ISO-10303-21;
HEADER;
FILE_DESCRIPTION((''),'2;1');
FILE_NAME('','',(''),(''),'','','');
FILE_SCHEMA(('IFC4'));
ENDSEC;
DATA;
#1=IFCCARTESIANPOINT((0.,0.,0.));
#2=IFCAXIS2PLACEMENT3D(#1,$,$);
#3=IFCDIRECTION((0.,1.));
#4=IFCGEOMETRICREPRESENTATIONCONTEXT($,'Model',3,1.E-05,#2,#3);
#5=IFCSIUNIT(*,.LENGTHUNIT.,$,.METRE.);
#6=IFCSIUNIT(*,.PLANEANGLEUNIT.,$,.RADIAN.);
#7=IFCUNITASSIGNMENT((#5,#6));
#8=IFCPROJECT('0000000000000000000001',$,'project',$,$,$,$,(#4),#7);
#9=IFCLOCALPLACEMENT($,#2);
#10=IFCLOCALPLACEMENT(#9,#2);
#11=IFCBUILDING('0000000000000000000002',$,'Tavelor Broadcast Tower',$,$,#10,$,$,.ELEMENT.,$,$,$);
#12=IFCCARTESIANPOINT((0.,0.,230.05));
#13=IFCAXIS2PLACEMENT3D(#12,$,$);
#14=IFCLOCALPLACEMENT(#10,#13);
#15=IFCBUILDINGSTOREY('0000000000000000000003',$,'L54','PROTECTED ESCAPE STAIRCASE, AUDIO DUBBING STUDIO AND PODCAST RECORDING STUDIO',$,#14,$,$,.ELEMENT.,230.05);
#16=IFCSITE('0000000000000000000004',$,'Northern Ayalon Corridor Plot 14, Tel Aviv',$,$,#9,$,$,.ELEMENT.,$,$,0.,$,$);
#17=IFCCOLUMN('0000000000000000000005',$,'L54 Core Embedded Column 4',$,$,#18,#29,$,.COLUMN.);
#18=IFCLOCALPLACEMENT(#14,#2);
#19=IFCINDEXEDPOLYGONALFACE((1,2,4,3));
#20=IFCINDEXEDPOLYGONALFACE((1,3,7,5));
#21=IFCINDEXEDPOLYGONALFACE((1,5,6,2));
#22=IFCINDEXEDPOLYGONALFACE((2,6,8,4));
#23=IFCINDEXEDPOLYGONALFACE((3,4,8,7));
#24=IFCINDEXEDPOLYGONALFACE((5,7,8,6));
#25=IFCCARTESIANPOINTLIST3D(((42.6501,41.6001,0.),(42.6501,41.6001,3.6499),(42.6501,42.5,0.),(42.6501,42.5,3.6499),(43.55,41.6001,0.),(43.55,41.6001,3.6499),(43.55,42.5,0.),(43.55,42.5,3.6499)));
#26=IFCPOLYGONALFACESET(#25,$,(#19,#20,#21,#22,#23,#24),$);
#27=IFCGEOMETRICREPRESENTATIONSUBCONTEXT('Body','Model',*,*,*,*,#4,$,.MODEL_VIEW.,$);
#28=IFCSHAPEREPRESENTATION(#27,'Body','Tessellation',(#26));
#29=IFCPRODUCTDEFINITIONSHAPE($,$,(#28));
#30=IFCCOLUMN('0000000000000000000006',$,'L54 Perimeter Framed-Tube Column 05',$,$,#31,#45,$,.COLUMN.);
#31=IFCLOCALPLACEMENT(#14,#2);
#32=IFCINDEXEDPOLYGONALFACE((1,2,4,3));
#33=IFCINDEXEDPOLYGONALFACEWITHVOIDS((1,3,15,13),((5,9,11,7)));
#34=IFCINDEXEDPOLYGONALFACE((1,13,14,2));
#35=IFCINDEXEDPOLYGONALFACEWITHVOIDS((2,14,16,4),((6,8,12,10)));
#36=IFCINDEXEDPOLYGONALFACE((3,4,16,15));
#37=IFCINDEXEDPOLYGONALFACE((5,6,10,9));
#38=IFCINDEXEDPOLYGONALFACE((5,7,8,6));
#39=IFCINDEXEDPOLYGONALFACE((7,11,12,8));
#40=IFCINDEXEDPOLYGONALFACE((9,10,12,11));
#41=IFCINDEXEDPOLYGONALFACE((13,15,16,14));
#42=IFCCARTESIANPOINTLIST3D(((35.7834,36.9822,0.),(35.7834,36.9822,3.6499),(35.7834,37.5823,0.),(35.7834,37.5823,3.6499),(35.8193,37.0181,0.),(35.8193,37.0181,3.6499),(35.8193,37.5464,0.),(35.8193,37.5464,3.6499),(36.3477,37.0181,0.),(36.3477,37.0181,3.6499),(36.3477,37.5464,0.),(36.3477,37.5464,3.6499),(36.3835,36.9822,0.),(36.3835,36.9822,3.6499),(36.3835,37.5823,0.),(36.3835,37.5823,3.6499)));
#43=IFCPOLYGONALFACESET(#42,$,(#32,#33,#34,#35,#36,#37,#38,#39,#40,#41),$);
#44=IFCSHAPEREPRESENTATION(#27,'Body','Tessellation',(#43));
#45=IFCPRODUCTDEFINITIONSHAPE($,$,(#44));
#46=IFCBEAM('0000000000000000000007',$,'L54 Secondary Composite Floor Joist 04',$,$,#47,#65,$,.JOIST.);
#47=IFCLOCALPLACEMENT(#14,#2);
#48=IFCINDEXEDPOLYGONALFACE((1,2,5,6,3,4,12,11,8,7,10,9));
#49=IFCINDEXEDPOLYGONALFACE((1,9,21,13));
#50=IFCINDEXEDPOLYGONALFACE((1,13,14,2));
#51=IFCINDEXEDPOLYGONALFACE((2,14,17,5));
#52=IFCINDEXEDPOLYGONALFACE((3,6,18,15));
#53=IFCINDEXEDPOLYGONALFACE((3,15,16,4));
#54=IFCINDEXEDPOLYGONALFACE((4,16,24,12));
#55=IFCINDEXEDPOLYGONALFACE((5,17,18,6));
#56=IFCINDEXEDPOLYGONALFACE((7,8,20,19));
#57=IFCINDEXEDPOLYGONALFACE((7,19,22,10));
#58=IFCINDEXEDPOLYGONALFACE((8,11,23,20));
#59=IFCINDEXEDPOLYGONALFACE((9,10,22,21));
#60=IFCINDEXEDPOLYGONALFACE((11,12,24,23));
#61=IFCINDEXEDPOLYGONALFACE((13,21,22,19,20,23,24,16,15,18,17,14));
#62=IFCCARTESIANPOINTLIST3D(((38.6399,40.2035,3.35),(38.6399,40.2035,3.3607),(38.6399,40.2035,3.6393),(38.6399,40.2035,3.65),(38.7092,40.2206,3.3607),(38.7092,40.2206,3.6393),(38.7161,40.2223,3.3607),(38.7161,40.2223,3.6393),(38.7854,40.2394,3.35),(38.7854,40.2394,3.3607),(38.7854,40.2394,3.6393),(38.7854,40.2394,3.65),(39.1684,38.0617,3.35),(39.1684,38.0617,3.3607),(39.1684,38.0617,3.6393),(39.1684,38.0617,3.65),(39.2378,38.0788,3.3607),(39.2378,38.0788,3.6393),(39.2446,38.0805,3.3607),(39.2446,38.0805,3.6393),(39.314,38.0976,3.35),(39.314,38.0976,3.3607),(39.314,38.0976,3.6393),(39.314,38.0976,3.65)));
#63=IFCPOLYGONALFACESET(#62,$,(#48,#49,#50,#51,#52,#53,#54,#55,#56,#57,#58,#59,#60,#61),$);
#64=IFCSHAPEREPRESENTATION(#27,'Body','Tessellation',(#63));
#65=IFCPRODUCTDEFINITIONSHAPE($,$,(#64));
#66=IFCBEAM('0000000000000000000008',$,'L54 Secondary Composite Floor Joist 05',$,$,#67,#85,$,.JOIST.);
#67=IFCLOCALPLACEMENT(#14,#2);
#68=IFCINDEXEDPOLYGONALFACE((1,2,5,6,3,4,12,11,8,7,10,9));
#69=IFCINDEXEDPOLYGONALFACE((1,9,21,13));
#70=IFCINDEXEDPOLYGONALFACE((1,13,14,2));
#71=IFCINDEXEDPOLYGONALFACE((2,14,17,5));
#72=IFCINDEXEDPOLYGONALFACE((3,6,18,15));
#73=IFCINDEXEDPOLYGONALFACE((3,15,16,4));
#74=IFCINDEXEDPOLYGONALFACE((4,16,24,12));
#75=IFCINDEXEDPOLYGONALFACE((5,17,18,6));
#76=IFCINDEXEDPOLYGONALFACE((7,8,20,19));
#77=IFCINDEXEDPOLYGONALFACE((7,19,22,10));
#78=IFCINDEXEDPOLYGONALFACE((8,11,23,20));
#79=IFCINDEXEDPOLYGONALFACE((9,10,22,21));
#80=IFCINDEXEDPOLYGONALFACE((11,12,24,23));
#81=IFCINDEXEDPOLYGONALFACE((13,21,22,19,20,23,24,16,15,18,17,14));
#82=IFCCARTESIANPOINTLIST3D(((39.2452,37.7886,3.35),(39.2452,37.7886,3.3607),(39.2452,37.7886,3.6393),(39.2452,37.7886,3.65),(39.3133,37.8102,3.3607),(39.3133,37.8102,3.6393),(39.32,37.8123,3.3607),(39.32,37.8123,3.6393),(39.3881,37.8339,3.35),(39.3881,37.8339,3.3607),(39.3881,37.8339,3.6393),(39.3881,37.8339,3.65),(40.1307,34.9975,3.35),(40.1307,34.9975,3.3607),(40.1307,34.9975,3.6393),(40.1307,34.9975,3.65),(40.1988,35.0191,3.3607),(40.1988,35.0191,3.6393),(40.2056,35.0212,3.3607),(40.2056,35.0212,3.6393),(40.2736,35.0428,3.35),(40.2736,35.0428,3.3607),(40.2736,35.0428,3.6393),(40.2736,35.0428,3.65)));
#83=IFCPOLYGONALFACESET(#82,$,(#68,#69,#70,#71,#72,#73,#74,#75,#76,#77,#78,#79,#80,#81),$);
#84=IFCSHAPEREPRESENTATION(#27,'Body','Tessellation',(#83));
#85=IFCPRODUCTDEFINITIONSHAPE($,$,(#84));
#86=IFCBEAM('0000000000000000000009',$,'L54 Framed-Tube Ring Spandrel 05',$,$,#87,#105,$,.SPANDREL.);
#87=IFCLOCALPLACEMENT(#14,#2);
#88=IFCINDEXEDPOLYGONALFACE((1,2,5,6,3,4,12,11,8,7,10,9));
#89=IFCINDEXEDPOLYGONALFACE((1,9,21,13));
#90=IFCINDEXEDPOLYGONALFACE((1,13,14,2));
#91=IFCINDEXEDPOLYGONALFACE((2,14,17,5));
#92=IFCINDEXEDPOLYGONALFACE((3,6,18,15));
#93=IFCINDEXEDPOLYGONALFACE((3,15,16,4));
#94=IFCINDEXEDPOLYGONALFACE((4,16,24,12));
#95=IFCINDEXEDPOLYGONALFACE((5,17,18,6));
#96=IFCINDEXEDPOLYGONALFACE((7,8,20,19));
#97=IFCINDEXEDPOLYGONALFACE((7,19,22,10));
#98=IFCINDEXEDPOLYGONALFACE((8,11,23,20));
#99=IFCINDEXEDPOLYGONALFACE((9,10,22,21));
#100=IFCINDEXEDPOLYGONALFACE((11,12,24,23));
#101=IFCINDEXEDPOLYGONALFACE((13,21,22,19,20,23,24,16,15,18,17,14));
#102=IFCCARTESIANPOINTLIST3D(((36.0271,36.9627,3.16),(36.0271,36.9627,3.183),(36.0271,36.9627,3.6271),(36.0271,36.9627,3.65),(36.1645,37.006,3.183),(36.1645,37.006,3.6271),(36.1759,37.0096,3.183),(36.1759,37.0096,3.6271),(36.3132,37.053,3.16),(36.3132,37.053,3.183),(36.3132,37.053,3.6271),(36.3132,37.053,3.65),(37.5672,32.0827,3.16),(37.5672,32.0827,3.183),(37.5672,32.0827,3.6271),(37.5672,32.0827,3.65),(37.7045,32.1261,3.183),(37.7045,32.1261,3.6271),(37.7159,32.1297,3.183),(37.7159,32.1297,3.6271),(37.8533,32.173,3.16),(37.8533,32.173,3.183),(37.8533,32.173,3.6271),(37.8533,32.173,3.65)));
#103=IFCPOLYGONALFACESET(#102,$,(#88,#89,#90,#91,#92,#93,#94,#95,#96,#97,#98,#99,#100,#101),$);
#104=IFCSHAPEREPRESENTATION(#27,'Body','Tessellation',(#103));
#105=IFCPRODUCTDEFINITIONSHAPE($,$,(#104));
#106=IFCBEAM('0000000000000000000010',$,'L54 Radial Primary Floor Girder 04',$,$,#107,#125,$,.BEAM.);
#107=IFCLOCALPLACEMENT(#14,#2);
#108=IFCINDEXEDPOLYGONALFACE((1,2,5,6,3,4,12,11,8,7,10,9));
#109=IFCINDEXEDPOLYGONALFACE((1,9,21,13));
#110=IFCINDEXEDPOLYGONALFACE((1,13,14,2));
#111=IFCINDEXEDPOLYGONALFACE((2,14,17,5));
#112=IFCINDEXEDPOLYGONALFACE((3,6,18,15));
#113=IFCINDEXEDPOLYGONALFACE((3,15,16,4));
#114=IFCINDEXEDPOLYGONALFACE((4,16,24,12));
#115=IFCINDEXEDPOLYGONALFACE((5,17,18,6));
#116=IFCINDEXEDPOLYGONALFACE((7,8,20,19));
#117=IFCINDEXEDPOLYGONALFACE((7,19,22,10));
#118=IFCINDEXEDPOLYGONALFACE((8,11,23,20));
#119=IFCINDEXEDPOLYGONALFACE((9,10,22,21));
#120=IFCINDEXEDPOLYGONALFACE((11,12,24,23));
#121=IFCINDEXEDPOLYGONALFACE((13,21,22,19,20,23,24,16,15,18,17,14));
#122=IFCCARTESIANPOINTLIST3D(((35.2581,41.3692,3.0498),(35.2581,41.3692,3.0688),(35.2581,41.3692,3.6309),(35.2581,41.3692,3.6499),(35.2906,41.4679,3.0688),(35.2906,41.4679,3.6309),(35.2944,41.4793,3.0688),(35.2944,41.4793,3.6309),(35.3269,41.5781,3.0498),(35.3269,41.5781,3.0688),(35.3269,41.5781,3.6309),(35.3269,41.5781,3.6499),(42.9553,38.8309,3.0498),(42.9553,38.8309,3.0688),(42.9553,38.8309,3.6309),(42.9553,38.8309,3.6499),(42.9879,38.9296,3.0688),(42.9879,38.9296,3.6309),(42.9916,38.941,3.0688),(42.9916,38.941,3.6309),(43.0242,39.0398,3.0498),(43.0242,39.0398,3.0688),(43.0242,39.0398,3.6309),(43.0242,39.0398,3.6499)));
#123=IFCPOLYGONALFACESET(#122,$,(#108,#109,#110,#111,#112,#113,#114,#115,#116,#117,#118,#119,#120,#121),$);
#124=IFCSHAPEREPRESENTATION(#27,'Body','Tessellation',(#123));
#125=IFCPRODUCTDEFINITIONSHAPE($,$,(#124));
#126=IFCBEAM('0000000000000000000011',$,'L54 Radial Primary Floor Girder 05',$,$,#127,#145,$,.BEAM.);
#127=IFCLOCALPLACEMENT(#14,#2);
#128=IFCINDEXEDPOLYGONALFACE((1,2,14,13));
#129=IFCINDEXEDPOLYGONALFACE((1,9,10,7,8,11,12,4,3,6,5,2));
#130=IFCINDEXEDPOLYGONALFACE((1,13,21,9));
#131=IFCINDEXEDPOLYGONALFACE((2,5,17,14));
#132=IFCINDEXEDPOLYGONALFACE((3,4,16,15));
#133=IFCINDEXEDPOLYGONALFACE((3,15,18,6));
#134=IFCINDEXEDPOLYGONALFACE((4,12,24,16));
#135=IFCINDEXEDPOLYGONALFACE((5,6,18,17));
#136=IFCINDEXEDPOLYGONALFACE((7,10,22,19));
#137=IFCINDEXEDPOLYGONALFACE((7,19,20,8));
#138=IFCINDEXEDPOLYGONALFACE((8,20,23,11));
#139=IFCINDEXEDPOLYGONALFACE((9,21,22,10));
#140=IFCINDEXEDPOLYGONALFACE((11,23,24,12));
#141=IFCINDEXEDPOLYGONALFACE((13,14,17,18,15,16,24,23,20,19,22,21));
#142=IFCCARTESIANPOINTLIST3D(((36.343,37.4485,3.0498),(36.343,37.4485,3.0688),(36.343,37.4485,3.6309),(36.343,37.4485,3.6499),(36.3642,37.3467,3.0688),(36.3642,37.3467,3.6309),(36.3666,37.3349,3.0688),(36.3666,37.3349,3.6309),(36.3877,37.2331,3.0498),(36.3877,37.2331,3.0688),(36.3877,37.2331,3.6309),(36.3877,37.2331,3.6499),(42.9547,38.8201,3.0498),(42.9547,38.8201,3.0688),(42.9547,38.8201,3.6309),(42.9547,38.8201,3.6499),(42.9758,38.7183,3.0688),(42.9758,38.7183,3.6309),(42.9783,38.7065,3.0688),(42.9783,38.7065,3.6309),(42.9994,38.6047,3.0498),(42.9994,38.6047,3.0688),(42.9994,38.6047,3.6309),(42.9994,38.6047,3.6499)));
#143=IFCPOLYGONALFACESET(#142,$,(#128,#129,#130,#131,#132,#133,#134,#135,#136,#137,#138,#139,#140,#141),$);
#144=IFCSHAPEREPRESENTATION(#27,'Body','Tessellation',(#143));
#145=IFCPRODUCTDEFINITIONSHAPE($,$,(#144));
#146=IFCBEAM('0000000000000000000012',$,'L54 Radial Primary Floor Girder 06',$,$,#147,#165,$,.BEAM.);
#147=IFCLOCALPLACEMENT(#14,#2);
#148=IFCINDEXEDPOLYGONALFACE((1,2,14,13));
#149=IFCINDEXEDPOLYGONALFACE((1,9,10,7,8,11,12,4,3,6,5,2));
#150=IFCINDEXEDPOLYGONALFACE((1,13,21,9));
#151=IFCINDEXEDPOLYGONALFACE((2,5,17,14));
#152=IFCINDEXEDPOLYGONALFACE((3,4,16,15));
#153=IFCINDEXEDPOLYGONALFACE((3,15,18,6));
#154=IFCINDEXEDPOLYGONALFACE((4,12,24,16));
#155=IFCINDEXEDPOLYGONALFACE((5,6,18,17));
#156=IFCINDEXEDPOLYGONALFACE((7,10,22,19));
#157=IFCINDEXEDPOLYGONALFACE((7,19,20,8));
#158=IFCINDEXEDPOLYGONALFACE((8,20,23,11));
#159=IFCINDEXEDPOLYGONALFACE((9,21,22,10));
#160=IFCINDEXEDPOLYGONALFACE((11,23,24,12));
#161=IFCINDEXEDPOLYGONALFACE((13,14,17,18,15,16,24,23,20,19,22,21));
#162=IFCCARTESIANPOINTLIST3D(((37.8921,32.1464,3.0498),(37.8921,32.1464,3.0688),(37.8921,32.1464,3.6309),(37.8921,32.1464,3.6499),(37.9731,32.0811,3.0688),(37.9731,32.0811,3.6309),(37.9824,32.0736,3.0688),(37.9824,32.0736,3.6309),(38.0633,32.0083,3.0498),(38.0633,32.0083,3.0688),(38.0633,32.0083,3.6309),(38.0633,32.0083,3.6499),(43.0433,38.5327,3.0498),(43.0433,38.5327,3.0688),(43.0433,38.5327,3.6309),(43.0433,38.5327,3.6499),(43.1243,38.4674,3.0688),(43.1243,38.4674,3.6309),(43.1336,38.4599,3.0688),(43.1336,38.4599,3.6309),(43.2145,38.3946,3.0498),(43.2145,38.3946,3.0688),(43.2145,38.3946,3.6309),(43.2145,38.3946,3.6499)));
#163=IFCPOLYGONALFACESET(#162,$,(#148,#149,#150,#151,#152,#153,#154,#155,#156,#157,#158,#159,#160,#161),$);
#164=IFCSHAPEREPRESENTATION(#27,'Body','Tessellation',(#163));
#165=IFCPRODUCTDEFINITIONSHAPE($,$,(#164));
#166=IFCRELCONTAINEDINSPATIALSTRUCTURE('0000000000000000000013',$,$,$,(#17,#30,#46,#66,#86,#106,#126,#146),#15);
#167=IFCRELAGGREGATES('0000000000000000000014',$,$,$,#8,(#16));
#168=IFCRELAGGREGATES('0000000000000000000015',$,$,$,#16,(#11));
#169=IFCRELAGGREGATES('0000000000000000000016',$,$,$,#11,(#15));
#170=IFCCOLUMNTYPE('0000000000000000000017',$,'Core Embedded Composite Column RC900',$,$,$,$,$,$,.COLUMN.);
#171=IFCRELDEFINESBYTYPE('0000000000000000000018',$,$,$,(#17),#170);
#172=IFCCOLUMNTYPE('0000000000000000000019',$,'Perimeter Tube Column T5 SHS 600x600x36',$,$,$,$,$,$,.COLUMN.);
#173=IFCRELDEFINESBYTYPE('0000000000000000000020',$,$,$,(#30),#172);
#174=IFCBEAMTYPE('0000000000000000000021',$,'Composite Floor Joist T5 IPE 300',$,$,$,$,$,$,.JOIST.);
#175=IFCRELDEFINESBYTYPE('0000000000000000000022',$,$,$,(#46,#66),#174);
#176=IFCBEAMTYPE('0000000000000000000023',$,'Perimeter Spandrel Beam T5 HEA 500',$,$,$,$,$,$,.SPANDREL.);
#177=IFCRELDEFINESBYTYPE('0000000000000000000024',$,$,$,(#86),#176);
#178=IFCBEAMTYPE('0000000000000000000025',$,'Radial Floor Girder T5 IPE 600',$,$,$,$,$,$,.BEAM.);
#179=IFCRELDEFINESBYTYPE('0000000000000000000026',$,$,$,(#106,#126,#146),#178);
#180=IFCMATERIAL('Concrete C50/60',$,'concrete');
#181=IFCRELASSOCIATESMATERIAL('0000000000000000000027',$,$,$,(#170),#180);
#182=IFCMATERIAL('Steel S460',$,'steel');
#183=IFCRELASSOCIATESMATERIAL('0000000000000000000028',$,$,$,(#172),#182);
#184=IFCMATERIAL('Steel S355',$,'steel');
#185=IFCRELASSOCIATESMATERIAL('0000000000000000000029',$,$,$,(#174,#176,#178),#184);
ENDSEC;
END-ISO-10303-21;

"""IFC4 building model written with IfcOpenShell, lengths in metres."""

from ifc_helpers import new_model, si_unit, direction, frame, origin, origin_2d, place, context, subcontext, project, spatial, rectangle, hollow_rectangle, i_section, extrude, material, material_profile, profile_set, type_object, element, save


model = new_model("IFC4")

# Units and contexts
model_context = context("Model", 3, precision=1e-05, world=origin(), true_north=direction((0.0, 1.0)))
body_context = subcontext(model_context, "Body", "Model", "MODEL_VIEW")
ifc_project = project(units=[si_unit("LENGTHUNIT", "METRE"), si_unit("PLANEANGLEUNIT", "RADIAN")], contexts=[model_context])

# Site, building, storey
site_placement = place(None, origin())
site = spatial("IfcSite", under=ifc_project, at=site_placement, Name="Northern Ayalon Corridor Plot 14, Tel Aviv", CompositionType="ELEMENT", RefElevation=0.0)
building_placement = place(site_placement, origin())
building = spatial("IfcBuilding", under=site, at=building_placement, Name="Tavelor Broadcast Tower", CompositionType="ELEMENT")
storey_placement = place(building_placement, frame((0.0, 0.0, 230.05)))
storey = spatial("IfcBuildingStorey", under=building, at=storey_placement, Name="L54", Description="PROTECTED ESCAPE STAIRCASE, AUDIO DUBBING STUDIO AND PODCAST RECORDING STUDIO", CompositionType="ELEMENT", Elevation=230.05)

# Columns
ifc_material_1 = material(Name="Concrete C50/60", Category="concrete")
ifc_material_profile_1 = material_profile(ifc_material_1, rectangle(XDim=0.8999, YDim=0.8999, at=origin_2d()), Name="RC 900x900")
ifc_profile_set_1 = profile_set([ifc_material_profile_1], Name="Concrete C50/60")
column_type_1 = type_object("IfcColumnType", Name="Core Embedded Composite Column RC900", PredefinedType="COLUMN", material=ifc_profile_set_1)
column_1_placement = place(storey_placement, frame((43.1001, 42.05, 0.0), z_axis=(0.0, 0.0, 1.0), x_axis=(1.0, 0.0, 0.0)))
element("IfcColumn", 1, at=column_1_placement, inside=storey, type_object=column_type_1, Name="L54 Core Embedded Column 4", PredefinedType="COLUMN", context=body_context, shape_type="SweptSolid", body=[
    extrude(rectangle(XDim=0.8999, YDim=0.8999, at=origin_2d()), origin(), (0.0, 0.0, 1.0), 3.6499),
])
ifc_material_2 = material(Name="Steel S460", Category="steel")
ifc_material_profile_2 = material_profile(ifc_material_2, hollow_rectangle(XDim=0.6001, YDim=0.6001, WallThickness=0.0359, at=origin_2d()), Name="SHS 600x600x36")
ifc_profile_set_2 = profile_set([ifc_material_profile_2], Name="Steel S460")
column_type_2 = type_object("IfcColumnType", Name="Perimeter Tube Column T5 SHS 600x600x36", PredefinedType="COLUMN", material=ifc_profile_set_2)
column_2_placement = place(storey_placement, frame((36.0835, 37.2822, 0.0), z_axis=(0.0, 0.0, 1.0), x_axis=(1.0, 0.0, 0.0)))
element("IfcColumn", 2, at=column_2_placement, inside=storey, type_object=column_type_2, Name="L54 Perimeter Framed-Tube Column 05", PredefinedType="COLUMN", context=body_context, shape_type="SweptSolid", body=[
    extrude(hollow_rectangle(XDim=0.6001, YDim=0.6001, WallThickness=0.0359, at=origin_2d()), origin(), (0.0, 0.0, 1.0), 3.6499),
])

# Beams
ifc_material_3 = material(Name="Steel S355", Category="steel")
ifc_material_profile_3 = material_profile(ifc_material_3, i_section(OverallWidth=0.1499, OverallDepth=0.3, WebThickness=0.0071, FlangeThickness=0.0107, at=origin_2d()), Name="IPE 300")
ifc_profile_set_3 = profile_set([ifc_material_profile_3], Name="Steel S355")
beam_type_1 = type_object("IfcBeamType", Name="Composite Floor Joist T5 IPE 300", PredefinedType="JOIST", material=ifc_profile_set_3)
beam_1_placement = place(storey_placement, frame((38.7126, 40.2214, 3.5), z_axis=(0.239592, -0.970874, 0.0), x_axis=(0.970874, 0.239592, 0.0)))
element("IfcBeam", 3, at=beam_1_placement, inside=storey, type_object=beam_type_1, Name="L54 Secondary Composite Floor Joist 04", PredefinedType="JOIST", context=body_context, shape_type="SweptSolid", body=[
    extrude(i_section(OverallWidth=0.1499, OverallDepth=0.3, WebThickness=0.0071, FlangeThickness=0.0107, at=origin_2d()), origin(), (0.0, 0.0, 1.0), 2.2061),
])
beam_2_placement = place(storey_placement, frame((39.3167, 37.8113, 3.5), z_axis=(0.302412, -0.953177, 0.0), x_axis=(0.953177, 0.302412, 0.0)))
element("IfcBeam", 4, at=beam_2_placement, inside=storey, type_object=beam_type_1, Name="L54 Secondary Composite Floor Joist 05", PredefinedType="JOIST", context=body_context, shape_type="SweptSolid", body=[
    extrude(i_section(OverallWidth=0.1499, OverallDepth=0.3, WebThickness=0.0071, FlangeThickness=0.0107, at=origin_2d()), origin(), (0.0, 0.0, 1.0), 2.9282),
])
ifc_material_profile_4 = material_profile(ifc_material_3, i_section(OverallWidth=0.3, OverallDepth=0.49, WebThickness=0.012, FlangeThickness=0.0229, at=origin_2d()), Name="HEA 500")
ifc_profile_set_4 = profile_set([ifc_material_profile_4], Name="Steel S355")
beam_type_2 = type_object("IfcBeamType", Name="Perimeter Spandrel Beam T5 HEA 500", PredefinedType="SPANDREL", material=ifc_profile_set_4)
beam_3_placement = place(storey_placement, frame((36.1702, 37.0078, 3.405), z_axis=(0.300958, -0.953637, 0.0), x_axis=(0.953637, 0.300958, 0.0)))
element("IfcBeam", 5, at=beam_3_placement, inside=storey, type_object=beam_type_2, Name="L54 Framed-Tube Ring Spandrel 05", PredefinedType="SPANDREL", context=body_context, shape_type="SweptSolid", body=[
    extrude(i_section(OverallWidth=0.3, OverallDepth=0.49, WebThickness=0.012, FlangeThickness=0.0229, at=origin_2d()), origin(), (0.0, 0.0, 1.0), 5.1172),
])
ifc_material_profile_5 = material_profile(ifc_material_3, i_section(OverallWidth=0.22, OverallDepth=0.6001, WebThickness=0.012, FlangeThickness=0.019, at=origin_2d()), Name="IPE 600")
ifc_profile_set_5 = profile_set([ifc_material_profile_5], Name="Steel S355")
beam_type_3 = type_object("IfcBeamType", Name="Radial Floor Girder T5 IPE 600", PredefinedType="BEAM", material=ifc_profile_set_5)
beam_4_placement = place(storey_placement, frame((42.9897, 38.9353, 3.3499), z_axis=(-0.949694, 0.313181, 0.0), x_axis=(-0.313181, -0.949694, 0.0)))
element("IfcBeam", 6, at=beam_4_placement, inside=storey, type_object=beam_type_3, Name="L54 Radial Primary Floor Girder 04", PredefinedType="BEAM", context=body_context, shape_type="SweptSolid", body=[
    extrude(i_section(OverallWidth=0.22, OverallDepth=0.6001, WebThickness=0.012, FlangeThickness=0.019, at=origin_2d()), origin(), (0.0, 0.0, 1.0), 8.105),
])
beam_5_placement = place(storey_placement, frame((42.9771, 38.7124, 3.3499), z_axis=(-0.979152, -0.203127, 0.0), x_axis=(0.203127, -0.979152, 0.0)))
element("IfcBeam", 7, at=beam_5_placement, inside=storey, type_object=beam_type_3, Name="L54 Radial Primary Floor Girder 05", PredefinedType="BEAM", context=body_context, shape_type="SweptSolid", body=[
    extrude(i_section(OverallWidth=0.22, OverallDepth=0.6001, WebThickness=0.012, FlangeThickness=0.019, at=origin_2d()), origin(), (0.0, 0.0, 1.0), 6.7524),
])
beam_6_placement = place(storey_placement, frame((43.1289, 38.4636, 3.3499), z_axis=(-0.627822, -0.778357, 0.0), x_axis=(0.778357, -0.627822, 0.0)))
element("IfcBeam", 8, at=beam_6_placement, inside=storey, type_object=beam_type_3, Name="L54 Radial Primary Floor Girder 06", PredefinedType="BEAM", context=body_context, shape_type="SweptSolid", body=[
    extrude(i_section(OverallWidth=0.22, OverallDepth=0.6001, WebThickness=0.012, FlangeThickness=0.019, at=origin_2d()), origin(), (0.0, 0.0, 1.0), 8.2048),
])

save(model, "model.ifc")
